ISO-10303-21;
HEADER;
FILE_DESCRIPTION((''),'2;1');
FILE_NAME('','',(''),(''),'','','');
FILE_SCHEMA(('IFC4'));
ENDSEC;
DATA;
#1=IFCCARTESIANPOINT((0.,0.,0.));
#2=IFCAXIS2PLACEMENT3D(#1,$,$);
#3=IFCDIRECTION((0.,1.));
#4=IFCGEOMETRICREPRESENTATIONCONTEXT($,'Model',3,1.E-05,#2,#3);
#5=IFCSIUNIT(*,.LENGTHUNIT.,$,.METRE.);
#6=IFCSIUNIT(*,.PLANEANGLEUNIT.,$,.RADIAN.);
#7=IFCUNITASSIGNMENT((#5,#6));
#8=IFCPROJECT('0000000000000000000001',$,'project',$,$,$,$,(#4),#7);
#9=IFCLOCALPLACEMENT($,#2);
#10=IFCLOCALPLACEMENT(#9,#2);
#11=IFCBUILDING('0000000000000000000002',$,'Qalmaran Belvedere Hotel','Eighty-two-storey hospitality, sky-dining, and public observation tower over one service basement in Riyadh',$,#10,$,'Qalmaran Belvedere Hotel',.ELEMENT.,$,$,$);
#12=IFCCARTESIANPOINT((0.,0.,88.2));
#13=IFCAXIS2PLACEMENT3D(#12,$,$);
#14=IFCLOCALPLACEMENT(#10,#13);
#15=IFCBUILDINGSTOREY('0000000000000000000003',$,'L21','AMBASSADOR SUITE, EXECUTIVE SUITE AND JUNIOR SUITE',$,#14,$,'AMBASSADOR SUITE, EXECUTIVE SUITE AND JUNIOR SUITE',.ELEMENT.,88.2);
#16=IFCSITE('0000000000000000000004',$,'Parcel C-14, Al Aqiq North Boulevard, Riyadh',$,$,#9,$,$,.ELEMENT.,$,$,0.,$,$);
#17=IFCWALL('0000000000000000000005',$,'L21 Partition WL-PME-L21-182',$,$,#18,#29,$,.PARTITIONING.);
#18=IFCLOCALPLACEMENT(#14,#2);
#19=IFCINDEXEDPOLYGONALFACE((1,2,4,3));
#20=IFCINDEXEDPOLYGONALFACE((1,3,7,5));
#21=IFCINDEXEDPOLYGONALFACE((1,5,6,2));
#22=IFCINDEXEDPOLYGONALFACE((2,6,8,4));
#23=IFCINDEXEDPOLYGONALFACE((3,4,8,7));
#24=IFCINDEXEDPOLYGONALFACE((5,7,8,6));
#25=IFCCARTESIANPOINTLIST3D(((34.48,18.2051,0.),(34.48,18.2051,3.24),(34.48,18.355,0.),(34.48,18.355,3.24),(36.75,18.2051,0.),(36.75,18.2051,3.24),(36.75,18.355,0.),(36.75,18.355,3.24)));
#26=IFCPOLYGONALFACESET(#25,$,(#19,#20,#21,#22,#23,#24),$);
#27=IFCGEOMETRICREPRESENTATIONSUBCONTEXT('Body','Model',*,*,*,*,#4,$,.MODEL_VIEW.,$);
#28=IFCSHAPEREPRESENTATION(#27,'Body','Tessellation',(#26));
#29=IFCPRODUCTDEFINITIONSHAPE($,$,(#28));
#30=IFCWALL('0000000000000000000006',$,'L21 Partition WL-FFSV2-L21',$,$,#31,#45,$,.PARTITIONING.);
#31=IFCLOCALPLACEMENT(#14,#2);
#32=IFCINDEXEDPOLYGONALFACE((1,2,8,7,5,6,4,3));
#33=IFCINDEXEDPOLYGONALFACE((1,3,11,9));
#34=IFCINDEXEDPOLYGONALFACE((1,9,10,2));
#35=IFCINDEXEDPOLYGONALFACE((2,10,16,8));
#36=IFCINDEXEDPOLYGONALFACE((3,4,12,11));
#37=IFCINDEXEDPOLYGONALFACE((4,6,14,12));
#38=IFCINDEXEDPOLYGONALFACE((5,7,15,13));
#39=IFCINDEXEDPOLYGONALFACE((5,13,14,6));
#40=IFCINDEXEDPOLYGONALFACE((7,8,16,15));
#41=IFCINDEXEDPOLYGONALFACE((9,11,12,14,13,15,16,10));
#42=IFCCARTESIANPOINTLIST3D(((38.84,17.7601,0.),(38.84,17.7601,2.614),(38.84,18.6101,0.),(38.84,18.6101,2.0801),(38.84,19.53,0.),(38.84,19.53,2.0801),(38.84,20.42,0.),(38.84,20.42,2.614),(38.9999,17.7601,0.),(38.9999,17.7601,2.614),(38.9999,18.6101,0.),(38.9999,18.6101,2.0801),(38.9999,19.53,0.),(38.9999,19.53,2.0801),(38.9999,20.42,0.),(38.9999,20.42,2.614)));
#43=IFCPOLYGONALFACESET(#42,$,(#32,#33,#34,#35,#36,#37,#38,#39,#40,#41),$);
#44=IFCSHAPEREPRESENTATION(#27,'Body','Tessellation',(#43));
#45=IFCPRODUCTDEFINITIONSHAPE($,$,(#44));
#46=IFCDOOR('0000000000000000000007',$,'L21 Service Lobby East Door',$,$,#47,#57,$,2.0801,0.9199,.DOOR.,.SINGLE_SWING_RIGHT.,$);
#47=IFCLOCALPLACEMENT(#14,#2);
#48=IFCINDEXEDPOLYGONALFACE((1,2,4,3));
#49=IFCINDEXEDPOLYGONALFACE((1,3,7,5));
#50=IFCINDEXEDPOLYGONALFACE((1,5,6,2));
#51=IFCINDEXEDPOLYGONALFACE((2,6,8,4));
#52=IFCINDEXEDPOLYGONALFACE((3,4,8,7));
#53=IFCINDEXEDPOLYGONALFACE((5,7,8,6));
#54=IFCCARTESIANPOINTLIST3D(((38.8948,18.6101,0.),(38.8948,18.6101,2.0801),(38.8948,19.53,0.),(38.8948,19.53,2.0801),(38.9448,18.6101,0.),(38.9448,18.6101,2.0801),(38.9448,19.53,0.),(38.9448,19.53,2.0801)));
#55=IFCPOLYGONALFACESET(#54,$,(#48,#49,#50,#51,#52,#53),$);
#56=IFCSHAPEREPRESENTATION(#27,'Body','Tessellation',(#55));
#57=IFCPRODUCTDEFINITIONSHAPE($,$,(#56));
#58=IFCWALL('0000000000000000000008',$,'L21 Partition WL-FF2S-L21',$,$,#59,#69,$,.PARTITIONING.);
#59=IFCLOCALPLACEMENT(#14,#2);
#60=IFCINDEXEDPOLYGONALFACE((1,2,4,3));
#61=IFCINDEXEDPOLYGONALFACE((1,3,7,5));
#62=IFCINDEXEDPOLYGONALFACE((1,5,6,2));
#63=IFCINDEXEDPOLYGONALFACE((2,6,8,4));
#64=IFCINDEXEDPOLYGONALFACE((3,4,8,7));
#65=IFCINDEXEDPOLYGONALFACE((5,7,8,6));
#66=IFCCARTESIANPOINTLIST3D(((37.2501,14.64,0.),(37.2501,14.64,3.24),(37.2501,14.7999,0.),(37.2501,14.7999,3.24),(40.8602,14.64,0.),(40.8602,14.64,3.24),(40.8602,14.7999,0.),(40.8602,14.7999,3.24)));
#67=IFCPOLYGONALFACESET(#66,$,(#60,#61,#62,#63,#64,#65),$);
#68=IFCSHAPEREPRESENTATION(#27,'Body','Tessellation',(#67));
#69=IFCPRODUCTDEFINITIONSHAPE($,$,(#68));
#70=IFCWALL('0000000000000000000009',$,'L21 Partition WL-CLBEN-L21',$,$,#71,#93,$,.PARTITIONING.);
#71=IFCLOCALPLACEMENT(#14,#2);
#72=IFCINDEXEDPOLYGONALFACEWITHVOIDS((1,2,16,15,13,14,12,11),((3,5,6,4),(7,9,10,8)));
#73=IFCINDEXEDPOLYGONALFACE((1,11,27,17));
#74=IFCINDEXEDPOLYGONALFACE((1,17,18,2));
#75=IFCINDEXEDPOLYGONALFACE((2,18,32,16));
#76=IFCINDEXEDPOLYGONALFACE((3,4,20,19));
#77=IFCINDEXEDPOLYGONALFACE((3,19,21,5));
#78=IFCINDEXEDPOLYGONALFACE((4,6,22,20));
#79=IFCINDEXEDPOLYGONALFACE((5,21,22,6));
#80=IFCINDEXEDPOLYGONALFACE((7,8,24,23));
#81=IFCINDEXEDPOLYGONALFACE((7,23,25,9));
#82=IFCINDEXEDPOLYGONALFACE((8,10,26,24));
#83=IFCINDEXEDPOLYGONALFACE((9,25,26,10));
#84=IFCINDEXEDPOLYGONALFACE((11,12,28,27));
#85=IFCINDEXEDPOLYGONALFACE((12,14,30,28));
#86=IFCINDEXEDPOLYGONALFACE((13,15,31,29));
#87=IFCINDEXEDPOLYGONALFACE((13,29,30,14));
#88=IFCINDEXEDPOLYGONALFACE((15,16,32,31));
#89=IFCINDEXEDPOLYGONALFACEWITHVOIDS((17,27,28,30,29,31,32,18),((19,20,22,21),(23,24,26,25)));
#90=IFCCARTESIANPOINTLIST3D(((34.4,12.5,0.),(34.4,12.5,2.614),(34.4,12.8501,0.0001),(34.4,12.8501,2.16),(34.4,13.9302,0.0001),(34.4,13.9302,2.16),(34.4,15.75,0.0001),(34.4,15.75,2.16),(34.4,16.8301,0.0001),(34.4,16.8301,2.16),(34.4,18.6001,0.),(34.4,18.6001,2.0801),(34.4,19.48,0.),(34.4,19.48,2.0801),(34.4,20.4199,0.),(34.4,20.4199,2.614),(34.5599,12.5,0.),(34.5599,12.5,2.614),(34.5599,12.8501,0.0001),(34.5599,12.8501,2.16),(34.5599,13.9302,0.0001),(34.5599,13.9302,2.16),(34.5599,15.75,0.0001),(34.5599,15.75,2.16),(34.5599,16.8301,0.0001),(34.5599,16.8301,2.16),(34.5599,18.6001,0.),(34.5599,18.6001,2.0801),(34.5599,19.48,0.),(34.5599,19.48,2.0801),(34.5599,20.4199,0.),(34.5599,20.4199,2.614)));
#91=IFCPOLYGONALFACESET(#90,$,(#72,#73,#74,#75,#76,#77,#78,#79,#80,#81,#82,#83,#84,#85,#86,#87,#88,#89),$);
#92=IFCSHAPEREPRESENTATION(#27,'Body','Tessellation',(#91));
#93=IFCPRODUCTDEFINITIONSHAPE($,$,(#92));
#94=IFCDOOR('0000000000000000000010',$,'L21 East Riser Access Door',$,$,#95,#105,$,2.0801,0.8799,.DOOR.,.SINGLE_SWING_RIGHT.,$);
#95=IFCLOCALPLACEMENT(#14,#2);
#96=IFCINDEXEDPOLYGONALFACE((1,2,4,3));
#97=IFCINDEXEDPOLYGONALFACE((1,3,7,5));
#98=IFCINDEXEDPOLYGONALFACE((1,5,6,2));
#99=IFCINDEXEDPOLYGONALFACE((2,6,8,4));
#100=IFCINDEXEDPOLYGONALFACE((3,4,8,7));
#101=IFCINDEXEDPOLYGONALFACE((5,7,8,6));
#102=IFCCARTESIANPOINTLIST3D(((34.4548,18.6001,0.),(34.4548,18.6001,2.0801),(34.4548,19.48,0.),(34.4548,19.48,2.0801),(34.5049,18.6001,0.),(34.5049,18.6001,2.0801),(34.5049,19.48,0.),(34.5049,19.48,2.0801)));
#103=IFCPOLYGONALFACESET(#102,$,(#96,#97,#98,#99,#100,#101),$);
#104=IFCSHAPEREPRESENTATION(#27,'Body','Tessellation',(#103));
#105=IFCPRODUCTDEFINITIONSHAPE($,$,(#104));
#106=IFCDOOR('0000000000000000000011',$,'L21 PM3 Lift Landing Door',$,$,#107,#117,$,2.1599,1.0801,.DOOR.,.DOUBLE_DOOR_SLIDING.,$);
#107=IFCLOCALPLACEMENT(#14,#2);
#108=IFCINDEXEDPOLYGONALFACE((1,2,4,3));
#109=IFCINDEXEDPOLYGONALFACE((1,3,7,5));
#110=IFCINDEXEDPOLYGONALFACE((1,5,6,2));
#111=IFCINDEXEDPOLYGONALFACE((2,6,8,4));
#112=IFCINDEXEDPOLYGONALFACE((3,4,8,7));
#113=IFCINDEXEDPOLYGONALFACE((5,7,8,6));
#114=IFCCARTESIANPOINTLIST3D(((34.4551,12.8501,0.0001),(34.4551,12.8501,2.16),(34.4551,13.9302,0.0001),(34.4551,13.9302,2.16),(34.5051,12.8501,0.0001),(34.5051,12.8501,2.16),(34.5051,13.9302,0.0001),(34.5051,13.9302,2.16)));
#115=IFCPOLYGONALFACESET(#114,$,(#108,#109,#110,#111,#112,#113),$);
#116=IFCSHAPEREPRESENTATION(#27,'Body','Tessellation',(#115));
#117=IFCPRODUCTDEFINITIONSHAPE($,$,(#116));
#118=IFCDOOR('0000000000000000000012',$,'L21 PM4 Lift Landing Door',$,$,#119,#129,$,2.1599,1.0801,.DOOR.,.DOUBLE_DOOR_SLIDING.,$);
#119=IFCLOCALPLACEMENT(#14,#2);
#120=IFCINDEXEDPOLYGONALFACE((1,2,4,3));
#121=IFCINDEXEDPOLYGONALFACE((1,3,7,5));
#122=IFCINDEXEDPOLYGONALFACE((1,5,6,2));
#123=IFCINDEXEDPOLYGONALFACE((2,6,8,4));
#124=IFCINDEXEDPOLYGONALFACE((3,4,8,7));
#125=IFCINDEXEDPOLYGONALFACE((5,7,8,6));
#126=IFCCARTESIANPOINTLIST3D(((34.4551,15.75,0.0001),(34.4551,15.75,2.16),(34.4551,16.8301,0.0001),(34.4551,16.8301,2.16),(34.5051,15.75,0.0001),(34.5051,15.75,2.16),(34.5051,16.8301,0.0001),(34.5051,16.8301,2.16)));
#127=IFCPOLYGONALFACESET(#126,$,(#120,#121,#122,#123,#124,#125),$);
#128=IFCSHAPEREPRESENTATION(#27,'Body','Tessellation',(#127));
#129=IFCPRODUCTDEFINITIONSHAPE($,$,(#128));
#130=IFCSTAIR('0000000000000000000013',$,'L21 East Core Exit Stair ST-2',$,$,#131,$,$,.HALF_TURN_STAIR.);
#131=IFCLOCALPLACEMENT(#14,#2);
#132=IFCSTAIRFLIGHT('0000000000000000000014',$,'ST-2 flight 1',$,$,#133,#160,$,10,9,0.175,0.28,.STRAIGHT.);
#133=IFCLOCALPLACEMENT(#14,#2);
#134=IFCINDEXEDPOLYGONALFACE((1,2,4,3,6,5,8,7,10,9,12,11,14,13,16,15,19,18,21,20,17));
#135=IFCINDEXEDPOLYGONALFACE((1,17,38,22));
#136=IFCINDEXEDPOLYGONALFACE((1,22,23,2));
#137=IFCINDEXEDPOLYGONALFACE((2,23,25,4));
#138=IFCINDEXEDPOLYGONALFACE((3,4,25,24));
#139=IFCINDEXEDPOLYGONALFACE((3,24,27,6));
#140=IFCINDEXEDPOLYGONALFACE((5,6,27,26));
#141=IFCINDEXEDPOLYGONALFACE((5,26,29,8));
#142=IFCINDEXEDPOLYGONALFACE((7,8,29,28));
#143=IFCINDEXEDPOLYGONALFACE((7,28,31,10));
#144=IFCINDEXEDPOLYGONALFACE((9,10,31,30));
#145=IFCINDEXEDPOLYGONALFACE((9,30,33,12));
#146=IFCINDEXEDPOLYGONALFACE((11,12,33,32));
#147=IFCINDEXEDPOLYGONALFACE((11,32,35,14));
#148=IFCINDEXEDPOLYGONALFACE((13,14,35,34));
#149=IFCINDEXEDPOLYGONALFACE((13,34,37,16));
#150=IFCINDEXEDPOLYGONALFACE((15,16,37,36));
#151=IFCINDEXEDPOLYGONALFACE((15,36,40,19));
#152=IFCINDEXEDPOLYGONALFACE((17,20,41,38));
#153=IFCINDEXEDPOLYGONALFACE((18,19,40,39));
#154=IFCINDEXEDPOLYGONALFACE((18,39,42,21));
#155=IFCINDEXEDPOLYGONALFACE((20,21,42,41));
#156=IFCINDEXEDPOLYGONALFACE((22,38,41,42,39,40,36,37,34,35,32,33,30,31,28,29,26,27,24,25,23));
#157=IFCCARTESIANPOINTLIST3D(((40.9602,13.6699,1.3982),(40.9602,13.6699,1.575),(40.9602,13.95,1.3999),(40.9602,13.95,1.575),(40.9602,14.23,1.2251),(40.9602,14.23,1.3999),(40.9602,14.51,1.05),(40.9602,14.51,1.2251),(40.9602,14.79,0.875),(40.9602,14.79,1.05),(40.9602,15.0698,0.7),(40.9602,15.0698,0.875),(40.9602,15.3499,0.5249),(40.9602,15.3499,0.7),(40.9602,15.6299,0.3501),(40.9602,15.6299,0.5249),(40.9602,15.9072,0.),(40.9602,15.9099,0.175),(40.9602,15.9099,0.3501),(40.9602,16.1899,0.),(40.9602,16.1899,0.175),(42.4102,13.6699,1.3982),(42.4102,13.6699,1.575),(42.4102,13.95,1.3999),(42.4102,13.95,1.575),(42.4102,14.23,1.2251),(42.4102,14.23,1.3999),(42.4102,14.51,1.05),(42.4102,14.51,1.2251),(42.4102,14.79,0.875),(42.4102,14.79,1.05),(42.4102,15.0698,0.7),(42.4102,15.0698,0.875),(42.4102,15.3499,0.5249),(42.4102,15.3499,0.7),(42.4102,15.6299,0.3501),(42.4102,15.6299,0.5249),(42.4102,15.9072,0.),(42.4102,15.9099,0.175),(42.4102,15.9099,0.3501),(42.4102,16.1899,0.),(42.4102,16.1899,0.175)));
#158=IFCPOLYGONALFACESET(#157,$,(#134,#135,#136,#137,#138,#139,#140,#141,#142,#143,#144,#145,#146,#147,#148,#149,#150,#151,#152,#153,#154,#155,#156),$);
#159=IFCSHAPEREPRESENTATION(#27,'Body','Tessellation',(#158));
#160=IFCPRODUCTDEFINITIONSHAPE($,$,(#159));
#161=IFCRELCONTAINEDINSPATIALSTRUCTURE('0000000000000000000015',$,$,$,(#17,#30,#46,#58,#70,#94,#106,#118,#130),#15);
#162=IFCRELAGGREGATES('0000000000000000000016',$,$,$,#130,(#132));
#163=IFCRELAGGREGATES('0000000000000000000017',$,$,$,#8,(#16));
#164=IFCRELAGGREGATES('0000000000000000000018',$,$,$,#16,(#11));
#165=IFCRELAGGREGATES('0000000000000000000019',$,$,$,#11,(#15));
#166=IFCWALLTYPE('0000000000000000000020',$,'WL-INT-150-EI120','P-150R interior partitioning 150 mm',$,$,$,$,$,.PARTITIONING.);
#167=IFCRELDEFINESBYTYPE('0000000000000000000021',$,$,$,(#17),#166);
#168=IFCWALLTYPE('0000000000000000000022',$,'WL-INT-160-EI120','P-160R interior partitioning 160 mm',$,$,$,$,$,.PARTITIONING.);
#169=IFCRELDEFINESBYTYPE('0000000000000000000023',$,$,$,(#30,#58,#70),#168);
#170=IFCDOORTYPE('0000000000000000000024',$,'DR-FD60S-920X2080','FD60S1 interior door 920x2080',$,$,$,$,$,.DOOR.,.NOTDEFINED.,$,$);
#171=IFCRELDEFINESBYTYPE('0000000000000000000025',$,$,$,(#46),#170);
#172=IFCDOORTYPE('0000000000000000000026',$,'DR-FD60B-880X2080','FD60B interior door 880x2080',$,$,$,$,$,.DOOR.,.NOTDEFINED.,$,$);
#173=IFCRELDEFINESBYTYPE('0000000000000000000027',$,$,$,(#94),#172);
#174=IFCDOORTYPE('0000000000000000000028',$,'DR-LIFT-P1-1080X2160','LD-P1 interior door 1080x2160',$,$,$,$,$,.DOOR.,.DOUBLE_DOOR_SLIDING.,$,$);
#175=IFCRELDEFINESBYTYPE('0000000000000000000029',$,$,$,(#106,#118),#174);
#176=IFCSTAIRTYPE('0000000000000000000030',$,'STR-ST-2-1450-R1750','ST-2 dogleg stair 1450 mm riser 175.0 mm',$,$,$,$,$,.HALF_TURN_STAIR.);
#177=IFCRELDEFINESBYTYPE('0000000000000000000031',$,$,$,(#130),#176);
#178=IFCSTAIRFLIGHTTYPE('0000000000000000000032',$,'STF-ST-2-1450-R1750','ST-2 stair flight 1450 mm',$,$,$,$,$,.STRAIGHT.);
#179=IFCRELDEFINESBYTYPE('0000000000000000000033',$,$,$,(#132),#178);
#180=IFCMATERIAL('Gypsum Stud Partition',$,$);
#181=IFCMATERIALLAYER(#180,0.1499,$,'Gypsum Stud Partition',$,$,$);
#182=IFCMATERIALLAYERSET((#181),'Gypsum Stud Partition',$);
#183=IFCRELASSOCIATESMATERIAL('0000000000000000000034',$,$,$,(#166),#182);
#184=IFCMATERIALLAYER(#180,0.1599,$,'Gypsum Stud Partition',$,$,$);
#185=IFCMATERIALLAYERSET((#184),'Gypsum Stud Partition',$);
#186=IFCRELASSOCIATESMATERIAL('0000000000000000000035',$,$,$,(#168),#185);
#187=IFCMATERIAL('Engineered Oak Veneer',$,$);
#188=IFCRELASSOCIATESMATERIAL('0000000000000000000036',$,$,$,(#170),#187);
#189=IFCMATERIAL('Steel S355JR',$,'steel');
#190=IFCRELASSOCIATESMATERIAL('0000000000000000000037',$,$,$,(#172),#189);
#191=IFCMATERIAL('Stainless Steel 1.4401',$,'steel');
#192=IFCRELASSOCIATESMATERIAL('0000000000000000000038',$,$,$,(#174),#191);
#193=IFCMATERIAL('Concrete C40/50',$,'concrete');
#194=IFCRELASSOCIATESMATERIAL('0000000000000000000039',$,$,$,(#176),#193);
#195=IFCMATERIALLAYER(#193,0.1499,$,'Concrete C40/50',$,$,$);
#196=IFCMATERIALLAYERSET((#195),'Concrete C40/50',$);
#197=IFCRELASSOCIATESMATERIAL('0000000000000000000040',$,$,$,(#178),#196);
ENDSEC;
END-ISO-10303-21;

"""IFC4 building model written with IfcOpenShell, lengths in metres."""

from ifc_helpers import new_model, si_unit, direction, frame, frame_2d, origin, place, context, subcontext, project, spatial, polyline, rectangle, outline, extrude, material, layer, layer_set, type_object, element, fill, aggregate, save


model = new_model("IFC4")

# Units and contexts
model_context = context("Model", 3, precision=1e-05, world=origin(), true_north=direction((0.0, 1.0)))
body_context = subcontext(model_context, "Body", "Model", "MODEL_VIEW")
ifc_project = project(units=[si_unit("LENGTHUNIT", "METRE"), si_unit("PLANEANGLEUNIT", "RADIAN")], contexts=[model_context])

# Site, building, storey
site_placement = place(None, origin())
site = spatial("IfcSite", under=ifc_project, at=site_placement, Name="Parcel C-14, Al Aqiq North Boulevard, Riyadh", CompositionType="ELEMENT", RefElevation=0.0)
building_placement = place(site_placement, origin())
building = spatial("IfcBuilding", under=site, at=building_placement, Name="Qalmaran Belvedere Hotel", Description="Eighty-two-storey hospitality, sky-dining, and public observation tower over one service basement in Riyadh", LongName="Qalmaran Belvedere Hotel", CompositionType="ELEMENT")
storey_placement = place(building_placement, frame((0.0, 0.0, 88.2)))
storey = spatial("IfcBuildingStorey", under=building, at=storey_placement, Name="L21", Description="AMBASSADOR SUITE, EXECUTIVE SUITE AND JUNIOR SUITE", LongName="AMBASSADOR SUITE, EXECUTIVE SUITE AND JUNIOR SUITE", CompositionType="ELEMENT", Elevation=88.2)

# Shared definitions
ifc_material_1 = material(Name="Steel S355JR", Category="steel")

# Wall
ifc_material_2 = material(Name="Gypsum Stud Partition")
ifc_layer_1 = layer(ifc_material_2, 0.1499, Name="Gypsum Stud Partition")
ifc_layer_set_1 = layer_set([ifc_layer_1], Name="Gypsum Stud Partition")
wall_type_1 = type_object("IfcWallType", Name="WL-INT-150-EI120", Description="P-150R interior partitioning 150 mm", PredefinedType="PARTITIONING", material=ifc_layer_set_1)
wall_1_placement = place(storey_placement, frame((34.48, 18.28, 0.0), z_axis=(0.0, 0.0, 1.0), x_axis=(1.0, 0.0, 0.0)))
element("IfcWall", 1, at=wall_1_placement, inside=storey, type_object=wall_type_1, Name="L21 Partition WL-PME-L21-182", PredefinedType="PARTITIONING", context=body_context, shape_type="SweptSolid", body=[
    extrude(rectangle(XDim=2.27, YDim=0.1499, at=frame_2d((1.135, 0.0))), origin(), (0.0, 0.0, 1.0), 3.24),
])

# Wall, opening, door
ifc_layer_2 = layer(ifc_material_2, 0.1599, Name="Gypsum Stud Partition")
ifc_layer_set_2 = layer_set([ifc_layer_2], Name="Gypsum Stud Partition")
wall_type_2 = type_object("IfcWallType", Name="WL-INT-160-EI120", Description="P-160R interior partitioning 160 mm", PredefinedType="PARTITIONING", material=ifc_layer_set_2)
wall_2_placement = place(storey_placement, frame((38.9199, 17.76, 0.0), z_axis=(0.0, 0.0, 1.0), x_axis=(0.0, 1.0, 0.0)))
wall_2 = element("IfcWall", 2, at=wall_2_placement, inside=storey, type_object=wall_type_2, Name="L21 Partition WL-FFSV2-L21", PredefinedType="PARTITIONING", context=body_context, shape_type="SweptSolid", body=[
    extrude(rectangle(XDim=2.6599, YDim=0.1599, at=frame_2d((1.3301, 0.0))), origin(), (0.0, 0.0, 1.0), 2.614),
])
opening_1_placement = place(wall_2_placement, frame((1.77, 0.0, 0.0), z_axis=(0.0, 0.0, 1.0), x_axis=(-1.0, 0.0, 0.0)))
opening_1 = element("IfcOpeningElement", 3, at=opening_1_placement, cuts=wall_2, PredefinedType="OPENING", context=body_context, shape_type="SweptSolid", body=[
    extrude(rectangle(XDim=0.9199, YDim=2.0801, at=frame_2d((0.46, 1.04))), frame((0.0, 0.0898, 0.0), z_axis=(0.0, -1.0, 0.0), x_axis=(1.0, 0.0, 0.0)), (0.0, 0.0, 1.0), 0.1799),
])
ifc_material_3 = material(Name="Engineered Oak Veneer")
door_type_1 = type_object("IfcDoorType", Name="DR-FD60S-920X2080", Description="FD60S1 interior door 920x2080", OperationType="NOTDEFINED", PredefinedType="DOOR", material=ifc_material_3)
door_1_placement = place(opening_1_placement, origin())
door_1 = element("IfcDoor", 4, at=door_1_placement, inside=storey, type_object=door_type_1, Name="L21 Service Lobby East Door", OperationType="SINGLE_SWING_RIGHT", OverallHeight=2.0801, OverallWidth=0.9199, PredefinedType="DOOR", context=body_context, shape_type="SweptSolid", body=[
    extrude(rectangle(XDim=0.9199, YDim=2.0801, at=frame_2d((0.46, 1.04))), frame((0.0, 0.0249, 0.0), z_axis=(0.0, -1.0, 0.0), x_axis=(1.0, 0.0, 0.0)), (0.0, 0.0, 1.0), 0.05),
])
fill(opening_1, door_1)

# Wall
wall_3_placement = place(storey_placement, frame((37.25, 14.72, 0.0), z_axis=(0.0, 0.0, 1.0), x_axis=(1.0, 0.0, 0.0)))
element("IfcWall", 5, at=wall_3_placement, inside=storey, type_object=wall_type_2, Name="L21 Partition WL-FF2S-L21", PredefinedType="PARTITIONING", context=body_context, shape_type="SweptSolid", body=[
    extrude(rectangle(XDim=3.6101, YDim=0.1599, at=frame_2d((1.8052, 0.0))), origin(), (0.0, 0.0, 1.0), 3.24),
])

# Wall, openings, doors
wall_4_placement = place(storey_placement, frame((34.48, 12.5, 0.0), z_axis=(0.0, 0.0, 1.0), x_axis=(0.0, 1.0, 0.0)))
wall_4 = element("IfcWall", 6, at=wall_4_placement, inside=storey, type_object=wall_type_2, Name="L21 Partition WL-CLBEN-L21", PredefinedType="PARTITIONING", context=body_context, shape_type="SweptSolid", body=[
    extrude(rectangle(XDim=7.9199, YDim=0.1599, at=frame_2d((3.96, 0.0))), origin(), (0.0, 0.0, 1.0), 2.614),
])
opening_2_placement = place(wall_4_placement, frame((0.3501, 0.0, 0.0)))
opening_2 = element("IfcOpeningElement", 7, at=opening_2_placement, cuts=wall_4, PredefinedType="OPENING", context=body_context, shape_type="SweptSolid", body=[
    extrude(rectangle(XDim=1.0801, YDim=2.1599, at=frame_2d((0.54, 1.0801))), frame((0.0, 0.0898, 0.0), z_axis=(0.0, -1.0, 0.0), x_axis=(1.0, 0.0, 0.0)), (0.0, 0.0, 1.0), 0.1799),
])
opening_3_placement = place(wall_4_placement, frame((3.25, 0.0, 0.0)))
opening_3 = element("IfcOpeningElement", 8, at=opening_3_placement, cuts=wall_4, PredefinedType="OPENING", context=body_context, shape_type="SweptSolid", body=[
    extrude(rectangle(XDim=1.0801, YDim=2.1599, at=frame_2d((0.54, 1.0801))), frame((0.0, 0.0898, 0.0), z_axis=(0.0, -1.0, 0.0), x_axis=(1.0, 0.0, 0.0)), (0.0, 0.0, 1.0), 0.1799),
])
opening_4_placement = place(wall_4_placement, frame((6.98, 0.0, 0.0), z_axis=(0.0, 0.0, 1.0), x_axis=(-1.0, 0.0, 0.0)))
opening_4 = element("IfcOpeningElement", 9, at=opening_4_placement, cuts=wall_4, PredefinedType="OPENING", context=body_context, shape_type="SweptSolid", body=[
    extrude(rectangle(XDim=0.8799, YDim=2.0801, at=frame_2d((0.4399, 1.04))), frame((0.0, 0.0898, 0.0), z_axis=(0.0, -1.0, 0.0), x_axis=(1.0, 0.0, 0.0)), (0.0, 0.0, 1.0), 0.1799),
])
door_type_2 = type_object("IfcDoorType", Name="DR-FD60B-880X2080", Description="FD60B interior door 880x2080", OperationType="NOTDEFINED", PredefinedType="DOOR", material=ifc_material_1)
door_2_placement = place(opening_4_placement, origin())
door_2 = element("IfcDoor", 10, at=door_2_placement, inside=storey, type_object=door_type_2, Name="L21 East Riser Access Door", OperationType="SINGLE_SWING_RIGHT", OverallHeight=2.0801, OverallWidth=0.8799, PredefinedType="DOOR", context=body_context, shape_type="SweptSolid", body=[
    extrude(rectangle(XDim=0.8799, YDim=2.0801, at=frame_2d((0.4399, 1.04))), frame((0.0, 0.0249, 0.0), z_axis=(0.0, -1.0, 0.0), x_axis=(1.0, 0.0, 0.0)), (0.0, 0.0, 1.0), 0.05),
])
fill(opening_4, door_2)
ifc_material_4 = material(Name="Stainless Steel 1.4401", Category="steel")
door_type_3 = type_object("IfcDoorType", Name="DR-LIFT-P1-1080X2160", Description="LD-P1 interior door 1080x2160", OperationType="DOUBLE_DOOR_SLIDING", PredefinedType="DOOR", material=ifc_material_4)
door_3_placement = place(opening_2_placement, origin())
door_3 = element("IfcDoor", 11, at=door_3_placement, inside=storey, type_object=door_type_3, Name="L21 PM3 Lift Landing Door", OperationType="DOUBLE_DOOR_SLIDING", OverallHeight=2.1599, OverallWidth=1.0801, PredefinedType="DOOR", context=body_context, shape_type="SweptSolid", body=[
    extrude(rectangle(XDim=1.0801, YDim=2.1599, at=frame_2d((0.54, 1.0801))), frame((0.0, 0.0249, 0.0), z_axis=(0.0, -1.0, 0.0), x_axis=(1.0, 0.0, 0.0)), (0.0, 0.0, 1.0), 0.05),
])
fill(opening_2, door_3)
door_4_placement = place(opening_3_placement, origin())
door_4 = element("IfcDoor", 12, at=door_4_placement, inside=storey, type_object=door_type_3, Name="L21 PM4 Lift Landing Door", OperationType="DOUBLE_DOOR_SLIDING", OverallHeight=2.1599, OverallWidth=1.0801, PredefinedType="DOOR", context=body_context, shape_type="SweptSolid", body=[
    extrude(rectangle(XDim=1.0801, YDim=2.1599, at=frame_2d((0.54, 1.0801))), frame((0.0, 0.0249, 0.0), z_axis=(0.0, -1.0, 0.0), x_axis=(1.0, 0.0, 0.0)), (0.0, 0.0, 1.0), 0.05),
])
fill(opening_3, door_4)

# Stair, stair flight
ifc_material_5 = material(Name="Concrete C40/50", Category="concrete")
stair_type = type_object("IfcStairType", Name="STR-ST-2-1450-R1750", Description="ST-2 dogleg stair 1450 mm riser 175.0 mm", PredefinedType="HALF_TURN_STAIR", material=ifc_material_5)
stair_placement = place(storey_placement, origin())
stair = element("IfcStair", 13, at=stair_placement, inside=storey, type_object=stair_type, Name="L21 East Core Exit Stair ST-2", PredefinedType="HALF_TURN_STAIR")
ifc_layer_3 = layer(ifc_material_5, 0.1499, Name="Concrete C40/50")
ifc_layer_set_3 = layer_set([ifc_layer_3], Name="Concrete C40/50")
stair_flight_type = type_object("IfcStairFlightType", Name="STF-ST-2-1450-R1750", Description="ST-2 stair flight 1450 mm", PredefinedType="STRAIGHT", material=ifc_layer_set_3)
stair_flight_placement = place(storey_placement, frame((41.6851, 16.1899, 0.0), z_axis=(0.0, 0.0, 1.0), x_axis=(0.0, -1.0, 0.0)))
stair_flight = element("IfcStairFlight", 14, at=stair_flight_placement, type_object=stair_flight_type, Name="ST-2 flight 1", NumberOfRisers=10, NumberOfTreads=9, PredefinedType="STRAIGHT", RiserHeight=0.175, TreadLength=0.28, context=body_context, shape_type="SweptSolid", body=[
    extrude(outline(polyline([(0.0, 0.0), (0.0, 0.175), (0.28, 0.175), (0.28, 0.3501), (0.5601, 0.3501), (0.5601, 0.5249), (0.8401, 0.5249), (0.8401, 0.7), (1.1201, 0.7), (1.1201, 0.875), (1.3999, 0.875), (1.3999, 1.05), (1.6799, 1.05), (1.6799, 1.2251), (1.96, 1.2251), (1.96, 1.3999), (2.24, 1.3999), (2.24, 1.575), (2.52, 1.575), (2.52, 1.75), (2.52, 1.3982), (0.2827, 0.0), (0.0, 0.0)])), frame((0.0, 0.7251, 0.0), z_axis=(0.0, -1.0, 0.0), x_axis=(1.0, 0.0, 0.0)), (0.0, 0.0, 1.0), 1.45),
])
aggregate(stair, [stair_flight])

save(model, "model.ifc")
